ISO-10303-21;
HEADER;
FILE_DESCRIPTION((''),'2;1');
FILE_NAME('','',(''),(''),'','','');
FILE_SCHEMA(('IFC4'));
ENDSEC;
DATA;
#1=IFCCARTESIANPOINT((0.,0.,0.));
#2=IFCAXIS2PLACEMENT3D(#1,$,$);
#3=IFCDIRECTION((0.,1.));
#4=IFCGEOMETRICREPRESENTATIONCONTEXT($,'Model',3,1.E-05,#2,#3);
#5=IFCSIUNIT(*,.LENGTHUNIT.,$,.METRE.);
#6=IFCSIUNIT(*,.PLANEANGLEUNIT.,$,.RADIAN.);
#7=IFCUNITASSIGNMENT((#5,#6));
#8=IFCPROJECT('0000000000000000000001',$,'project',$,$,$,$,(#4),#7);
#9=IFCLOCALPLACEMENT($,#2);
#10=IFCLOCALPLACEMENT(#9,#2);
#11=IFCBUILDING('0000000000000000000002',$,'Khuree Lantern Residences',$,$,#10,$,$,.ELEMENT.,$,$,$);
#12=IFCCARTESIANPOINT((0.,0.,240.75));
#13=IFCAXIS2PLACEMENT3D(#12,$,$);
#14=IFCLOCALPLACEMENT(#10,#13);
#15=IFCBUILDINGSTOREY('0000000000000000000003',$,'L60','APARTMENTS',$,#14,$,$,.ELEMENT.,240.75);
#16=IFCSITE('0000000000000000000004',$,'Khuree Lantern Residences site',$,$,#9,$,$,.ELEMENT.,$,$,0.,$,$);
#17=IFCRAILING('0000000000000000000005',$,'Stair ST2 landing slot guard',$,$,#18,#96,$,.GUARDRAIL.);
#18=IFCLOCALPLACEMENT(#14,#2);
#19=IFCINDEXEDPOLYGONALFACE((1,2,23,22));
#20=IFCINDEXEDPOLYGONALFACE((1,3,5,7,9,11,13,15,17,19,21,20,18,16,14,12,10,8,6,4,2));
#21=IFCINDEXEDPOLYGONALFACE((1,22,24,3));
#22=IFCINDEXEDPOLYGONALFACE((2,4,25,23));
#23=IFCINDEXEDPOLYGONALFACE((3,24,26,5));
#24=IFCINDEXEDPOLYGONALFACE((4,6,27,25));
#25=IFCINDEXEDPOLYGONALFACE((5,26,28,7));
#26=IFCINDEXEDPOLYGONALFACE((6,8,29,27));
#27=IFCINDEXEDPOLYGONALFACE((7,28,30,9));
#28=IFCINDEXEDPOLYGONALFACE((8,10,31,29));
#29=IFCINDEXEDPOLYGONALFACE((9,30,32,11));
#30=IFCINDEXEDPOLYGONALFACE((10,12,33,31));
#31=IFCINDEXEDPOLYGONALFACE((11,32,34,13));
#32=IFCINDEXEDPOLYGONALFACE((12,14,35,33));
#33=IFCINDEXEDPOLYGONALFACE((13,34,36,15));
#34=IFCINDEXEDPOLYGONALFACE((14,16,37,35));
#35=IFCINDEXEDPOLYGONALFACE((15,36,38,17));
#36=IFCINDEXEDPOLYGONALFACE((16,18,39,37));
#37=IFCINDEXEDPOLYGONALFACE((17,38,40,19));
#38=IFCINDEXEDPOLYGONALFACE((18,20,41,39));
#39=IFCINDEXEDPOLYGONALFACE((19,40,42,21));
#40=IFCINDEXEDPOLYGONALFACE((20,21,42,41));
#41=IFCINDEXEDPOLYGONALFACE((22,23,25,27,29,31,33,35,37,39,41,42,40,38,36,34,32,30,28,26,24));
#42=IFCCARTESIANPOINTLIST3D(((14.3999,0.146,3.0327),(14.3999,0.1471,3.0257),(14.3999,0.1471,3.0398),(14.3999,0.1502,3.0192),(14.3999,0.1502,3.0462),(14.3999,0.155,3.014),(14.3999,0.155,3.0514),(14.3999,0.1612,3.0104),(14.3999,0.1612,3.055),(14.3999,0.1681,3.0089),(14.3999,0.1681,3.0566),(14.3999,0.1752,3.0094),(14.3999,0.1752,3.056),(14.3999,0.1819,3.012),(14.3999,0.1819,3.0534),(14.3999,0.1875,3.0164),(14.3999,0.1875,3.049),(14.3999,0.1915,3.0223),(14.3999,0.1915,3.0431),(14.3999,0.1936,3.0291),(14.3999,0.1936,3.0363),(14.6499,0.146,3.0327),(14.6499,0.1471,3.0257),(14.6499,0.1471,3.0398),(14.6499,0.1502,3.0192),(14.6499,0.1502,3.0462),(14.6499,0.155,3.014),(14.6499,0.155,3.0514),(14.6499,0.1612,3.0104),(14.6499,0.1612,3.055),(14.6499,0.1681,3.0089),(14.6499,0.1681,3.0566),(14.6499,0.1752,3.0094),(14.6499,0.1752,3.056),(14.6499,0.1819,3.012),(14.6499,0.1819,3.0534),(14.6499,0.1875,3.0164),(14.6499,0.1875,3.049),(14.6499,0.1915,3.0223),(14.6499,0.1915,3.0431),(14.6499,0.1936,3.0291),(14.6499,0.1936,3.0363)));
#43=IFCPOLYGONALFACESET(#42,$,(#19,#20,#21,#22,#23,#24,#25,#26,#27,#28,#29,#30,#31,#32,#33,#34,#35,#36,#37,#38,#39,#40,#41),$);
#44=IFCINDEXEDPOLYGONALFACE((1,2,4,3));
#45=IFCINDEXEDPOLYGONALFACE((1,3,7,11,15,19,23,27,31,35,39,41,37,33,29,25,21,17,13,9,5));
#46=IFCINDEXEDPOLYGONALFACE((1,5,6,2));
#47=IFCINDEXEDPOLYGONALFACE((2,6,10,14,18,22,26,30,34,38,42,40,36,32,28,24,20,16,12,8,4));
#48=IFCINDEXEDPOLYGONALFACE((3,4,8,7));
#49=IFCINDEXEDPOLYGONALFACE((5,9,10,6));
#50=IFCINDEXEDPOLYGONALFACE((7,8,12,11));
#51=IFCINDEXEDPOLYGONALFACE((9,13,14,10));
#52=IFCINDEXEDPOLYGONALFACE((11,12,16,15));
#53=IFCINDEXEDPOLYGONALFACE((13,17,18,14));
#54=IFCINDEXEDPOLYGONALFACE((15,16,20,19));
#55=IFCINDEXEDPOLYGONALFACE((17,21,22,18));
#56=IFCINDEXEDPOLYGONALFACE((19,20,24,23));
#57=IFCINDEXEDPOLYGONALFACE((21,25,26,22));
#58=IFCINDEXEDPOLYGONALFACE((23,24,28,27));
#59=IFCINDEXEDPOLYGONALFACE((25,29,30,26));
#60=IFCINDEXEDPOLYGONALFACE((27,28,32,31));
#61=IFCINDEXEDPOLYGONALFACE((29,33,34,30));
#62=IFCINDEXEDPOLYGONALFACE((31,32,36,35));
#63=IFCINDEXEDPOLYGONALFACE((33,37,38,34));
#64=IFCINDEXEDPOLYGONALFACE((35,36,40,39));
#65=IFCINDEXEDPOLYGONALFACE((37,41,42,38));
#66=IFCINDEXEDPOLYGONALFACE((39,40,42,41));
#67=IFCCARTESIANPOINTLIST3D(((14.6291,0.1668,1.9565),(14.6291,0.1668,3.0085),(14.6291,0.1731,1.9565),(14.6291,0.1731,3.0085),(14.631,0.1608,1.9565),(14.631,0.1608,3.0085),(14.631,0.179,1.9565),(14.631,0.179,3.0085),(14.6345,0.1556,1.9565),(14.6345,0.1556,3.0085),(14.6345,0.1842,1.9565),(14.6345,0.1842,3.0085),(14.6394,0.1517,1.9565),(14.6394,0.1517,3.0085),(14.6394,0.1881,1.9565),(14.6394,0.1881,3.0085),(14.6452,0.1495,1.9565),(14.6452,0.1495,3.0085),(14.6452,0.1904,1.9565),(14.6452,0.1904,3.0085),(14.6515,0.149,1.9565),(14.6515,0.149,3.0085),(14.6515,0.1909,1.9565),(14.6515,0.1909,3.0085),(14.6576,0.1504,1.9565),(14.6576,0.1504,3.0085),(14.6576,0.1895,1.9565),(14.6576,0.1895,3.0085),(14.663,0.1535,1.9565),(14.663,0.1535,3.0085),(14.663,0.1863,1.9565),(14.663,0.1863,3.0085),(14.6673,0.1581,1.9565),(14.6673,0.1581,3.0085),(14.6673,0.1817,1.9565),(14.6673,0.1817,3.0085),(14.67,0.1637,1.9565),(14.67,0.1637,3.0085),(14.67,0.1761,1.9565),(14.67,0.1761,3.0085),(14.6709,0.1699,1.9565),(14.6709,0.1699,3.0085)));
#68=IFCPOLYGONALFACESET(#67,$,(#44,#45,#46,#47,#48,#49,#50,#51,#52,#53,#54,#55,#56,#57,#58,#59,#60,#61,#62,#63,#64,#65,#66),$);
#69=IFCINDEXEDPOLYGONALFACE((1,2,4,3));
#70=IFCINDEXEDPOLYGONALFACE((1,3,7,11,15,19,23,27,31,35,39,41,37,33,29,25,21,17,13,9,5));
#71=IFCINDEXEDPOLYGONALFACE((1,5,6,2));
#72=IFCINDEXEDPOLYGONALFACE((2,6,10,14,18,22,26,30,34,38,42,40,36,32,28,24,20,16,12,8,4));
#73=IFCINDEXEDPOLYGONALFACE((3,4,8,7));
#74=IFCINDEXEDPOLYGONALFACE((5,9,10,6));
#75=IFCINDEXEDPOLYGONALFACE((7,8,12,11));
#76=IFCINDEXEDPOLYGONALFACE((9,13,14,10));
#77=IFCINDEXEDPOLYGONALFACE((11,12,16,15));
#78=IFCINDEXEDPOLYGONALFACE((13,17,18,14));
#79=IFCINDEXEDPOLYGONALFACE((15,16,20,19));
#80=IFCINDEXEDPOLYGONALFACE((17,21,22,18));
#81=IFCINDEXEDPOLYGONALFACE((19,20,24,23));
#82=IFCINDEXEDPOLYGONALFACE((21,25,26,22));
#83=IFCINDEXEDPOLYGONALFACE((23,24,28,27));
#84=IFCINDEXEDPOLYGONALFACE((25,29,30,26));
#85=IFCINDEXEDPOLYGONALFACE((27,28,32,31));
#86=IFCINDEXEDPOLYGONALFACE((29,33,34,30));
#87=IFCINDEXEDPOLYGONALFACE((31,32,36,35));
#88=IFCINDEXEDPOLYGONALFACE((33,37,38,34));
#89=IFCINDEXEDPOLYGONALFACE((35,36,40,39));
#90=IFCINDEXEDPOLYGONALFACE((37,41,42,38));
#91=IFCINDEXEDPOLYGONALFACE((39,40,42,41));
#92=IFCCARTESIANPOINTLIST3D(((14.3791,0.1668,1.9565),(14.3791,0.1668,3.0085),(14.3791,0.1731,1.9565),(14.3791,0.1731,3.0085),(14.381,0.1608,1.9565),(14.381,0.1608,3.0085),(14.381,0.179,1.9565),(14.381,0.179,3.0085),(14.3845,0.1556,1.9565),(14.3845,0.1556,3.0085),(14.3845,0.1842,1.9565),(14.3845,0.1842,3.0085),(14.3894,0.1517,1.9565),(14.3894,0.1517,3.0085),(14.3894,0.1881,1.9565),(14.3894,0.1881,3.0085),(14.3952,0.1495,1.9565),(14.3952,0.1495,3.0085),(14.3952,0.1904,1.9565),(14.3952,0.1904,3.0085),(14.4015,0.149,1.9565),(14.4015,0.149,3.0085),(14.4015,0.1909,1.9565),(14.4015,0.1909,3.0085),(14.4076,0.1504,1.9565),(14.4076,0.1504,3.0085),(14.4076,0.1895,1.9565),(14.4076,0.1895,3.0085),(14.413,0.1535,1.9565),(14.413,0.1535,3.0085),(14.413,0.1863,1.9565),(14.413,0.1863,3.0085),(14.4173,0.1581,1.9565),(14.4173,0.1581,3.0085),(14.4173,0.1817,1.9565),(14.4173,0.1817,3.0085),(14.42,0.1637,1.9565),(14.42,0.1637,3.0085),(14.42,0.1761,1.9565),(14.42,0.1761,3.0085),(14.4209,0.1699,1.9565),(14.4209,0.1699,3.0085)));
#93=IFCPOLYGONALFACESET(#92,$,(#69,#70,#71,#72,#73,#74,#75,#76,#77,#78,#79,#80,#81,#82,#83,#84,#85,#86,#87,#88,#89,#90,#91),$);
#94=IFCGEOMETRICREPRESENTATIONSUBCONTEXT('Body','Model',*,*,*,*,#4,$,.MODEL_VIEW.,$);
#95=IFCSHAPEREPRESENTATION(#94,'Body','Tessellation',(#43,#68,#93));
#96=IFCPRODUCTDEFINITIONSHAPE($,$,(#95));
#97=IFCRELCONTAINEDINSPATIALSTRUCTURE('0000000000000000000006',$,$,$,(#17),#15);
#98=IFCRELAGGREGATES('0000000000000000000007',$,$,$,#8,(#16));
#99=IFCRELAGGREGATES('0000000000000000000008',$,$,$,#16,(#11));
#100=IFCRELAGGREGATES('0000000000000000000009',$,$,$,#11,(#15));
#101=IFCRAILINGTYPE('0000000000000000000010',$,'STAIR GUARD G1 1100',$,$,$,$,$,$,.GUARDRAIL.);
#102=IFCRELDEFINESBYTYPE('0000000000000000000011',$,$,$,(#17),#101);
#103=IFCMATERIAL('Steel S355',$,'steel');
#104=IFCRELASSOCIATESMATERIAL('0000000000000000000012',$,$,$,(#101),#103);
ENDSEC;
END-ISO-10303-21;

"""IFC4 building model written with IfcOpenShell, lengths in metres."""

from ifc_helpers import new_model, si_unit, direction, frame, origin, origin_2d, place, context, subcontext, project, spatial, circle, extrude, material, type_object, element, save


model = new_model("IFC4")

# Units and contexts
model_context = context("Model", 3, precision=1e-05, world=origin(), true_north=direction((0.0, 1.0)))
body_context = subcontext(model_context, "Body", "Model", "MODEL_VIEW")
ifc_project = project(units=[si_unit("LENGTHUNIT", "METRE"), si_unit("PLANEANGLEUNIT", "RADIAN")], contexts=[model_context])

# Site, building, storey
site_placement = place(None, origin())
site = spatial("IfcSite", under=ifc_project, at=site_placement, Name="Khuree Lantern Residences site", CompositionType="ELEMENT", RefElevation=0.0)
building_placement = place(site_placement, origin())
building = spatial("IfcBuilding", under=site, at=building_placement, Name="Khuree Lantern Residences", CompositionType="ELEMENT")
storey_placement = place(building_placement, frame((0.0, 0.0, 240.75)))
storey = spatial("IfcBuildingStorey", under=building, at=storey_placement, Name="L60", Description="APARTMENTS", CompositionType="ELEMENT", Elevation=240.75)

# Railing
ifc_material_1 = material(Name="Steel S355", Category="steel")
railing_type = type_object("IfcRailingType", Name="STAIR GUARD G1 1100", PredefinedType="GUARDRAIL", material=ifc_material_1)
railing_placement = place(storey_placement, frame((14.6499, 0.1699, 1.9565)))
element("IfcRailing", 1, at=railing_placement, inside=storey, type_object=railing_type, Name="Stair ST2 landing slot guard", PredefinedType="GUARDRAIL", context=body_context, shape_type="SweptSolid", body=[
    extrude(circle(Radius=0.0239, at=origin_2d()), frame((0.0, 0.0, 1.0762), z_axis=(-1.0, 0.0, 0.0), x_axis=(0.0, -1.0, 0.0)), (0.0, 0.0, 1.0), 0.25),
    extrude(circle(Radius=0.021, at=origin_2d()), origin(), (0.0, 0.0, 1.0), 1.052),
    extrude(circle(Radius=0.021, at=origin_2d()), frame((-0.25, 0.0, 0.0)), (0.0, 0.0, 1.0), 1.052),
])

save(model, "model.ifc")
